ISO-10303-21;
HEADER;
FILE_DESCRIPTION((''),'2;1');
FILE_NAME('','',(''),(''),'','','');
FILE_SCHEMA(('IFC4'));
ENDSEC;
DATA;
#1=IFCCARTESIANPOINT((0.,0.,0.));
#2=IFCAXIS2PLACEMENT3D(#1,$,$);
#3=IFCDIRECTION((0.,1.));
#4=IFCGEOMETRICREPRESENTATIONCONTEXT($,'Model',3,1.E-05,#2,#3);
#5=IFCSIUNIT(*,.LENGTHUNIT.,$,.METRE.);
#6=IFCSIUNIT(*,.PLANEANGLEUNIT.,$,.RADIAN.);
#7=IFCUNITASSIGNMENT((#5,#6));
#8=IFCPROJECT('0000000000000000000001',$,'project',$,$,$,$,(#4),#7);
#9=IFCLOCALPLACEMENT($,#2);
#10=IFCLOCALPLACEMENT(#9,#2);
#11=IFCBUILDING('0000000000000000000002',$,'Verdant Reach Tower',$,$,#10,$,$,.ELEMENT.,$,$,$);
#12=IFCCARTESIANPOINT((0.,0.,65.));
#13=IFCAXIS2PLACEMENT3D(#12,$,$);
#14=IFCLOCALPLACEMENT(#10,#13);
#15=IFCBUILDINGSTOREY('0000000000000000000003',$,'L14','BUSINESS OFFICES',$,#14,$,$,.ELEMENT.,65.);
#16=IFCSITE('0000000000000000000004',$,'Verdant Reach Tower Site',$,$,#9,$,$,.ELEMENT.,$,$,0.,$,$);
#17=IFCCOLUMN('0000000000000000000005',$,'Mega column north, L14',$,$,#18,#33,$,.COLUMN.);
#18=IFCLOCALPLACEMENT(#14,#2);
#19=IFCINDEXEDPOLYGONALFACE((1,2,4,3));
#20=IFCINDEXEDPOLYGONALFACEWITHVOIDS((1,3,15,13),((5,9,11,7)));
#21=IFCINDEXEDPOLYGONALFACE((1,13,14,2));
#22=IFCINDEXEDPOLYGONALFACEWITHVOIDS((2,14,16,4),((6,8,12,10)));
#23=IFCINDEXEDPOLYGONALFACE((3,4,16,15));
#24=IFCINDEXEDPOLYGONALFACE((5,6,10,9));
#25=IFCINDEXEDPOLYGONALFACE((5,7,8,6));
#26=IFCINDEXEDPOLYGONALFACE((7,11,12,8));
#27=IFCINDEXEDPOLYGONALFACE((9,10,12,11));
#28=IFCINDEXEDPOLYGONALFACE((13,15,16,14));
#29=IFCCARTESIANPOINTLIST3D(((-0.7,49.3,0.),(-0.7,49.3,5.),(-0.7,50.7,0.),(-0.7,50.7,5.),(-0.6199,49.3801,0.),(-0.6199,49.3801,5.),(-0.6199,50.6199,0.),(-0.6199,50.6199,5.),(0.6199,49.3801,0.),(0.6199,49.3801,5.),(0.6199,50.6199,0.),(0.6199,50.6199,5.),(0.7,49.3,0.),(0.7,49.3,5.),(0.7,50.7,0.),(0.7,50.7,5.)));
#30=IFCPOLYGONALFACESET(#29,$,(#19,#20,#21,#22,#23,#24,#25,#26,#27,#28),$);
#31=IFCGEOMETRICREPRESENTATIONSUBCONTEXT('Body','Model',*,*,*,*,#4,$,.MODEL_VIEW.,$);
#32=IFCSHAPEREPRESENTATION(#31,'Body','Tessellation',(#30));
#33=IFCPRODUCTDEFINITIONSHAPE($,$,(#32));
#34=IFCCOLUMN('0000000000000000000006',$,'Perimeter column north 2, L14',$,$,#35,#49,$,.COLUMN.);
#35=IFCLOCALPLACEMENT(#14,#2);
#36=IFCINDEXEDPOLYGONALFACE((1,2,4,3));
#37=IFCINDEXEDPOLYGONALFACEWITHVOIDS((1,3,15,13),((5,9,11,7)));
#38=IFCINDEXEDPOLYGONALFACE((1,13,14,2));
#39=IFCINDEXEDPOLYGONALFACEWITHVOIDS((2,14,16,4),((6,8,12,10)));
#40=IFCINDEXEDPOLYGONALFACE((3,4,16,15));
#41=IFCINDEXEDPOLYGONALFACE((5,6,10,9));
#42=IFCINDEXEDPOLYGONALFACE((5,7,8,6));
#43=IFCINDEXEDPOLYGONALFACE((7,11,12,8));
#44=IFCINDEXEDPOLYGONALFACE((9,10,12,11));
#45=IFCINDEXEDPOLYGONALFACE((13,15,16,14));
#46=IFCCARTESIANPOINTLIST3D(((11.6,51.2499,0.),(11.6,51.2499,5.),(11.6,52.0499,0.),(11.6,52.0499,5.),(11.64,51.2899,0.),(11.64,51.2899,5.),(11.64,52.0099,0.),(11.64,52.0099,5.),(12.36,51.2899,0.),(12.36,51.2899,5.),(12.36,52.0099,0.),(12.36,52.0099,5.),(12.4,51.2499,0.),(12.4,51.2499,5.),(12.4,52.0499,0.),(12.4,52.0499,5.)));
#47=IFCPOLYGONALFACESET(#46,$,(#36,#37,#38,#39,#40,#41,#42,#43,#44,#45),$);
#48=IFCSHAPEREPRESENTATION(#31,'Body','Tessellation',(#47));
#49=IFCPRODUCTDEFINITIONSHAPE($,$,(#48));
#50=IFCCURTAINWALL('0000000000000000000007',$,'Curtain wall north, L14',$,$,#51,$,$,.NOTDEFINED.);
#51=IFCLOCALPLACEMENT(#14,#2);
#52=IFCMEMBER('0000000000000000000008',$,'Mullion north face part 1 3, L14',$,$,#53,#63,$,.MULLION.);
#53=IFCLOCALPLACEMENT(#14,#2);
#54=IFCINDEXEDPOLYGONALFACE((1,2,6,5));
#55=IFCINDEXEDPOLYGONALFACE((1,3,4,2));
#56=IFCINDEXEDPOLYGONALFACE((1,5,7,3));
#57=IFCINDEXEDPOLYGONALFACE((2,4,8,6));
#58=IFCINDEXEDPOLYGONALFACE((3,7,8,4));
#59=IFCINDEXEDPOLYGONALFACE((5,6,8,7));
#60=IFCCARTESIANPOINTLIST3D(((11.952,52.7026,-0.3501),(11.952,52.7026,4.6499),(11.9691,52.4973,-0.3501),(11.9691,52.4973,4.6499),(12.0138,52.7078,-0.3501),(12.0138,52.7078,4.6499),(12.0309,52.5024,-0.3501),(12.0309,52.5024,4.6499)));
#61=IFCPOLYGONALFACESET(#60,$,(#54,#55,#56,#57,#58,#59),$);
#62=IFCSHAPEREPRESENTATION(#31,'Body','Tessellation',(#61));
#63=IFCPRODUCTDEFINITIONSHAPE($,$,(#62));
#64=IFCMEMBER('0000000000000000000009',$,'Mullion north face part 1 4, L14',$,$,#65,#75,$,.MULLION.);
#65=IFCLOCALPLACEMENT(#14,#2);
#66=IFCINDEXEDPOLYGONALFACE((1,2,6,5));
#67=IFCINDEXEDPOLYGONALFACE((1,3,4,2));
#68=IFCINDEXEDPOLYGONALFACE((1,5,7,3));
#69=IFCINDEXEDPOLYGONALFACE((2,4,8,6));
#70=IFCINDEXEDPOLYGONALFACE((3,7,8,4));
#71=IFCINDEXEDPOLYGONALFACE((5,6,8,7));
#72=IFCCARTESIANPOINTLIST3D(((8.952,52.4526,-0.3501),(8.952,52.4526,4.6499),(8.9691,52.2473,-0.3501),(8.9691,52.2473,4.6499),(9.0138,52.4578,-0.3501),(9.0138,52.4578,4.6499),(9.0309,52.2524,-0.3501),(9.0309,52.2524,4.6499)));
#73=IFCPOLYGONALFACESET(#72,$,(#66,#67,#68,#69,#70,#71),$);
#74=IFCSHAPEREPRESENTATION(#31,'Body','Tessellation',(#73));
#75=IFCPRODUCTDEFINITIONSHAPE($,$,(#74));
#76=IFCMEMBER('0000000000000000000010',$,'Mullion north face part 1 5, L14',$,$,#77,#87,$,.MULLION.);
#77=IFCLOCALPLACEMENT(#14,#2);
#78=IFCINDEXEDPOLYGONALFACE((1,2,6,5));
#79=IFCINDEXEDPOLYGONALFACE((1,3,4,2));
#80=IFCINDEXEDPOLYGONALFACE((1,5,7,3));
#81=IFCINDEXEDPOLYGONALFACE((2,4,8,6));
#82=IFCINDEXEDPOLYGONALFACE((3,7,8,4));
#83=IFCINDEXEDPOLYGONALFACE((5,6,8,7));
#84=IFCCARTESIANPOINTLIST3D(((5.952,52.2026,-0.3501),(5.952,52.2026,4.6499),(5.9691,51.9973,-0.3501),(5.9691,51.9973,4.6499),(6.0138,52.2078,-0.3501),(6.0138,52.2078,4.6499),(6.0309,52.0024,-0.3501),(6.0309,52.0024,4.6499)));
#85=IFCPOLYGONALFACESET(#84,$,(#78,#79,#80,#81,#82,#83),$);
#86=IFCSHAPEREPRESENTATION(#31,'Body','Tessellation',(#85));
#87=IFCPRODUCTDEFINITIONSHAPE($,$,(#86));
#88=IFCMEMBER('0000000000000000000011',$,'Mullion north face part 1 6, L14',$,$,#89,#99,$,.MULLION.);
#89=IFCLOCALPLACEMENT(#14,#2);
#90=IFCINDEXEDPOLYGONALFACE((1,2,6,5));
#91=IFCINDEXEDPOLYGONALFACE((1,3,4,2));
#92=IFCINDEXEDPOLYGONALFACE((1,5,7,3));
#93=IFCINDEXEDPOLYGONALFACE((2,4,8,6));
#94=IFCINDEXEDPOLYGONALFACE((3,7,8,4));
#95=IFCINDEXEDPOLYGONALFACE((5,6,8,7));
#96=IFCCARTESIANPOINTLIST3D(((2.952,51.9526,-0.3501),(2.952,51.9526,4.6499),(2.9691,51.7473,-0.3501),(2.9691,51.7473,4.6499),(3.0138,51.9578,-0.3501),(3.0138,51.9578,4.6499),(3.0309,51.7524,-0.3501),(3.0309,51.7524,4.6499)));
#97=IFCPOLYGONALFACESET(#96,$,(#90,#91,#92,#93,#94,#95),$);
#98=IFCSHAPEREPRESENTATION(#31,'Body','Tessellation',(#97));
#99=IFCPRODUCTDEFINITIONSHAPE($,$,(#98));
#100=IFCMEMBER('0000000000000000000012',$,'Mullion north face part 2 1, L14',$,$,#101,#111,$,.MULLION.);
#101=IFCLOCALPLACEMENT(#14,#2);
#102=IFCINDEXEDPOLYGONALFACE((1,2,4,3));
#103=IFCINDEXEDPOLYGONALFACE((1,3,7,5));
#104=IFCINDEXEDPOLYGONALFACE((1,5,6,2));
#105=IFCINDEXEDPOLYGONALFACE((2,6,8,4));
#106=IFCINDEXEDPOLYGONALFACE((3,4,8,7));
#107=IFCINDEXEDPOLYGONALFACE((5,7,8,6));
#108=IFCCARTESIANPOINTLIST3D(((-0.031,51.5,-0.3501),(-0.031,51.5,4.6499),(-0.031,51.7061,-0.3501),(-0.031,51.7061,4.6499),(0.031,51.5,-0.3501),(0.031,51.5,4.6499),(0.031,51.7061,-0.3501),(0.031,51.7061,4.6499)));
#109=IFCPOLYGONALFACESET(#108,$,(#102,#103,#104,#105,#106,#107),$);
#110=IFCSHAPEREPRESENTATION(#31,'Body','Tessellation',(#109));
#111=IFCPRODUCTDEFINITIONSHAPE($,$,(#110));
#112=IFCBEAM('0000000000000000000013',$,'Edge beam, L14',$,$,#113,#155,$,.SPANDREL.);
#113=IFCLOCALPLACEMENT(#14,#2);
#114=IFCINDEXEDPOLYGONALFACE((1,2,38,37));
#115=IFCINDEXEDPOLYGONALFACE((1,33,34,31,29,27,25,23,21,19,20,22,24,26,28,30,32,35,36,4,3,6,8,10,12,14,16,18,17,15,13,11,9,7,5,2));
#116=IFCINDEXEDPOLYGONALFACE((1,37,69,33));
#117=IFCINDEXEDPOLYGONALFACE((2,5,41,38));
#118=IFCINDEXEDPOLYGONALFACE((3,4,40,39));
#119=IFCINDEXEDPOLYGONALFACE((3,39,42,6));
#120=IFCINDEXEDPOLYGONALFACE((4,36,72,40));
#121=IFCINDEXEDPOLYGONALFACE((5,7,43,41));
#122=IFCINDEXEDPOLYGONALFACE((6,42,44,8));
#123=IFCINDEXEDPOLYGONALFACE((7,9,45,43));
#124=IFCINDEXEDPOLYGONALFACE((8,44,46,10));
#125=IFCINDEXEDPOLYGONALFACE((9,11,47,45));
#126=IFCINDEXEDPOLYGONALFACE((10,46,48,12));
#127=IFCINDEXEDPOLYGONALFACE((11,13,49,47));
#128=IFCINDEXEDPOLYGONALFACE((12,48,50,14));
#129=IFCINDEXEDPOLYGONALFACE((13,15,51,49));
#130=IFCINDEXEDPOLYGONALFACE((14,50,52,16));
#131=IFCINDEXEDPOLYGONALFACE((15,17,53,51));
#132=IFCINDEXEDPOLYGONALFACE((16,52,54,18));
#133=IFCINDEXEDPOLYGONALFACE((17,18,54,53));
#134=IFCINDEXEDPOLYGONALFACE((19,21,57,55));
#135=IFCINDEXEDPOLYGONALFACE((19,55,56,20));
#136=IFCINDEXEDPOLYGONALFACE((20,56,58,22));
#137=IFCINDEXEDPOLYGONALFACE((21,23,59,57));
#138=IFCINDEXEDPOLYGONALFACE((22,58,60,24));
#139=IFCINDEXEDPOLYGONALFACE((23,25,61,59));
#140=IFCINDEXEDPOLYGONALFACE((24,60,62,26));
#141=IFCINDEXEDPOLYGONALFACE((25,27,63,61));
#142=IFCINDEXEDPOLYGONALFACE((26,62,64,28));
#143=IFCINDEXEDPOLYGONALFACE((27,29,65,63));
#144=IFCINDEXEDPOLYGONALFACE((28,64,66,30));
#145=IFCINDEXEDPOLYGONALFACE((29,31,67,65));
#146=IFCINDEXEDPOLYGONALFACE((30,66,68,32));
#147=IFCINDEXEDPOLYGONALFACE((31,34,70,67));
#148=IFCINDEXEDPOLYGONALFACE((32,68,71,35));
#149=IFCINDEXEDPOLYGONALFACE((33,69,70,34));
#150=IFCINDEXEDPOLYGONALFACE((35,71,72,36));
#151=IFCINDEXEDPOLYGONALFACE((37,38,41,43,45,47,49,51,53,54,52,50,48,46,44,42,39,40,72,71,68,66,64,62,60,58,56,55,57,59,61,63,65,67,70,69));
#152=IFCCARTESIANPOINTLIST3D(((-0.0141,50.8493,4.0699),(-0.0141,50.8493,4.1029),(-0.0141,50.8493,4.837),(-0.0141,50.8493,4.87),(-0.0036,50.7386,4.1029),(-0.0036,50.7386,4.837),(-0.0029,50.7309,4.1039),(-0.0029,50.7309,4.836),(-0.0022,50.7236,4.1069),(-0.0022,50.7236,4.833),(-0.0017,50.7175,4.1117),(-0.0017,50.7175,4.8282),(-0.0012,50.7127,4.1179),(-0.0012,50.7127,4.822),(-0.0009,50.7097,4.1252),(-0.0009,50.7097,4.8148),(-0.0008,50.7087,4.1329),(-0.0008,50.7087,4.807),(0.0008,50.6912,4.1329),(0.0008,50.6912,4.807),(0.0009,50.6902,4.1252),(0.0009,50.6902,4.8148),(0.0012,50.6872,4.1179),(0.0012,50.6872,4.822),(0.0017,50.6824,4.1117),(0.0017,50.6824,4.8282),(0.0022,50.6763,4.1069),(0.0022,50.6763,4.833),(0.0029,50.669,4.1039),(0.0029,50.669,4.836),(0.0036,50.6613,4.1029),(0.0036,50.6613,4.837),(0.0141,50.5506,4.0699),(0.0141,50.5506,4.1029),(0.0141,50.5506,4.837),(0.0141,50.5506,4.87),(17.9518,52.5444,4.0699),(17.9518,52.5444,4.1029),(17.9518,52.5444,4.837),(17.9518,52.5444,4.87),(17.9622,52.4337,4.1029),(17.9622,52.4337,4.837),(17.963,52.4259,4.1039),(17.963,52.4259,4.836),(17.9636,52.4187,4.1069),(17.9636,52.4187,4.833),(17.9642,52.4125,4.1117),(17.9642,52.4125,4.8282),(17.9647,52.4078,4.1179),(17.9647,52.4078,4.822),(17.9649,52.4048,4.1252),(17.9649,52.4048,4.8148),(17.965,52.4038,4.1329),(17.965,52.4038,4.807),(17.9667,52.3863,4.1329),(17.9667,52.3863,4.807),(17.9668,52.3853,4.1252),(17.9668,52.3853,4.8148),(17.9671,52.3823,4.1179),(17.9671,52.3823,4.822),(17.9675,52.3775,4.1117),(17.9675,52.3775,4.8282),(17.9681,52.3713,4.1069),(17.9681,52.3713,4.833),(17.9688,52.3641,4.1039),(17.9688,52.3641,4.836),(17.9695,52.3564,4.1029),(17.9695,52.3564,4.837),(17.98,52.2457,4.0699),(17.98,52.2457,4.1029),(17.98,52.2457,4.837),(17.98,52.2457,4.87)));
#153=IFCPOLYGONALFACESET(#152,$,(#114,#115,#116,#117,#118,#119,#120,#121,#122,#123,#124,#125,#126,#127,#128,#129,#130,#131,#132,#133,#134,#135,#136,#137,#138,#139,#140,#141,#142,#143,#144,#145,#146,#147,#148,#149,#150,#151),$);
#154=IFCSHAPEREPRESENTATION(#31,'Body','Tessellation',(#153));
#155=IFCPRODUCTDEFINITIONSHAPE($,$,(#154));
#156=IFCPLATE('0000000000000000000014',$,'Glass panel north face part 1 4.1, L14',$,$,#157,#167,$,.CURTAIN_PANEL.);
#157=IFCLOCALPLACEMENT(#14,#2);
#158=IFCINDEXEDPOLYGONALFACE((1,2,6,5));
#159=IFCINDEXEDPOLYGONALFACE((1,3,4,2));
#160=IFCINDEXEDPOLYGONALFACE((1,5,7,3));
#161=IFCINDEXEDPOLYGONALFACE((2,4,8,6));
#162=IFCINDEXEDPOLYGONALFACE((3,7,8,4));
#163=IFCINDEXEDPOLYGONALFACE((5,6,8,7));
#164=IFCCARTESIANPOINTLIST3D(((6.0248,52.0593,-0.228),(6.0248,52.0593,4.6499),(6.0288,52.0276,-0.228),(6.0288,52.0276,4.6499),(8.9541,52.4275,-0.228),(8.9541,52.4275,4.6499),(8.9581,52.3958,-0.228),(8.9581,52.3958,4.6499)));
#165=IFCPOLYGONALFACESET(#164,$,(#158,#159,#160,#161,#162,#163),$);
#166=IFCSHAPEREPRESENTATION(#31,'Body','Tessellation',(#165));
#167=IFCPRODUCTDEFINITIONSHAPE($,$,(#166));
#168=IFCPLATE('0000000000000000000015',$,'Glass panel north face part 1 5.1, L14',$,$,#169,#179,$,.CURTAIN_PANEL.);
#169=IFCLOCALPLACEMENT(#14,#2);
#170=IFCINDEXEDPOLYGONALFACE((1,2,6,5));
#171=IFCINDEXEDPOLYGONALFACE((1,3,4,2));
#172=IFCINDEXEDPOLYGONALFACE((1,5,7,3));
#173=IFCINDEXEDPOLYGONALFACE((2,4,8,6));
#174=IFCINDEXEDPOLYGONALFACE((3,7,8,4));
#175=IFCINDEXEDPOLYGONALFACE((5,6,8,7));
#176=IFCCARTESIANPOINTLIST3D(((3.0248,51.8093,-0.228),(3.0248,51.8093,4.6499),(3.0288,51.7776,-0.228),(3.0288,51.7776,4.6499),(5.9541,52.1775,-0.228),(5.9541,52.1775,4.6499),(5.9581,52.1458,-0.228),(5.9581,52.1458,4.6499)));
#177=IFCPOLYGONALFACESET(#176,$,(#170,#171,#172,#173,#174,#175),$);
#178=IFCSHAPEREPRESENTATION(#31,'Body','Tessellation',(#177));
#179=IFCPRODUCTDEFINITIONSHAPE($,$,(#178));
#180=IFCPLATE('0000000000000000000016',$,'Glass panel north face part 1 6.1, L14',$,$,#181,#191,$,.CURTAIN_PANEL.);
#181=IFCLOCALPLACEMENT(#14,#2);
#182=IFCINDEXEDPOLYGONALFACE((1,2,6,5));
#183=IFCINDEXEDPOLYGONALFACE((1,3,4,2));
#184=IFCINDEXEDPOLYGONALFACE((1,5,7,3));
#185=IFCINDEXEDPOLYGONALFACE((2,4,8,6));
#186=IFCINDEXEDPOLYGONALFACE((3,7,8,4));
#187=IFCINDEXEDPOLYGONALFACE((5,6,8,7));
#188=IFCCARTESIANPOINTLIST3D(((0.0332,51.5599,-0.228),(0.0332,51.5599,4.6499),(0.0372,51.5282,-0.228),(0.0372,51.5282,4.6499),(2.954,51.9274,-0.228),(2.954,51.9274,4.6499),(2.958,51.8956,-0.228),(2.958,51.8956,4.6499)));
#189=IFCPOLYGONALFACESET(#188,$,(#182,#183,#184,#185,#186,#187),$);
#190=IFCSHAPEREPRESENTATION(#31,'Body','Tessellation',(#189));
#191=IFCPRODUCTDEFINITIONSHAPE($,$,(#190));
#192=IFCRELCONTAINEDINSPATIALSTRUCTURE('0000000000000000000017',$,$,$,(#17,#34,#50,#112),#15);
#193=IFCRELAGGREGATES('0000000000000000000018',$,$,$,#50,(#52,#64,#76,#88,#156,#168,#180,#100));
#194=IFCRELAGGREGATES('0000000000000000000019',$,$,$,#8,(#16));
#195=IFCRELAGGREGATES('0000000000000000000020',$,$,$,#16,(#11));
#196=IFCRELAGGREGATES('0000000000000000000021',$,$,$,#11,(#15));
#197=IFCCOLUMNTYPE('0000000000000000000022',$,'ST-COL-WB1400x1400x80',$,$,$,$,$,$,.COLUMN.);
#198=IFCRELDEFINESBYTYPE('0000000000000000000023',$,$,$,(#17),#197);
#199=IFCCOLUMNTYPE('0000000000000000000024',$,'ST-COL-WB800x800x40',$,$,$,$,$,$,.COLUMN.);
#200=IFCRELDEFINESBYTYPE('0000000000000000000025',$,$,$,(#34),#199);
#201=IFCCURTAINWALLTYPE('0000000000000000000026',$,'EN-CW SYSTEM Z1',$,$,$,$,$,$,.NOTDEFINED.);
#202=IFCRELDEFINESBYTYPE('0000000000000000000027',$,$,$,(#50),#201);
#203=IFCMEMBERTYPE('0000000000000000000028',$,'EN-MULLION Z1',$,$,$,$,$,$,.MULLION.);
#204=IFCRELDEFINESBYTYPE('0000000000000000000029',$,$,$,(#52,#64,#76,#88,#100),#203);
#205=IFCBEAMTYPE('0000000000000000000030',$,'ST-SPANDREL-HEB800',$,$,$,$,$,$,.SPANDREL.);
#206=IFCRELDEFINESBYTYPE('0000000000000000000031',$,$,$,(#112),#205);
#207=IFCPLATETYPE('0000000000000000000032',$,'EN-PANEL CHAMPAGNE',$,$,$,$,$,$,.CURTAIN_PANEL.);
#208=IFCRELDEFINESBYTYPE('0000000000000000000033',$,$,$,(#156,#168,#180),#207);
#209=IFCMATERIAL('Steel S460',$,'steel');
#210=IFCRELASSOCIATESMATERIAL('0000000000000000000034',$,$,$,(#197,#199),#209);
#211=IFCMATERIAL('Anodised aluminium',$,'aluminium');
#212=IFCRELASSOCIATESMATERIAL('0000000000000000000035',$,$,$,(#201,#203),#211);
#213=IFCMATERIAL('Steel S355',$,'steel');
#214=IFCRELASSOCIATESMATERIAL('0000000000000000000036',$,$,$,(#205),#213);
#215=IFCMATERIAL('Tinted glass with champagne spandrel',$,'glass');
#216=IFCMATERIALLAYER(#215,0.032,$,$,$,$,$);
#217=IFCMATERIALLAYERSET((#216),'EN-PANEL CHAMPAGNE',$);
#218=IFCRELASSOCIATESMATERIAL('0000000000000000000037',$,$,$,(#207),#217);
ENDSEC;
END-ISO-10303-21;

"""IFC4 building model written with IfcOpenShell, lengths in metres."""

from ifc_helpers import new_model, si_unit, direction, frame, origin, origin_2d, place, context, subcontext, project, spatial, rectangle, hollow_rectangle, i_section, extrude, material, layer, layer_set, material_profile, profile_set, type_object, element, aggregate, save


model = new_model("IFC4")

# Units and contexts
model_context = context("Model", 3, precision=1e-05, world=origin(), true_north=direction((0.0, 1.0)))
body_context = subcontext(model_context, "Body", "Model", "MODEL_VIEW")
ifc_project = project(units=[si_unit("LENGTHUNIT", "METRE"), si_unit("PLANEANGLEUNIT", "RADIAN")], contexts=[model_context])

# Site, building, storey
site_placement = place(None, origin())
site = spatial("IfcSite", under=ifc_project, at=site_placement, Name="Verdant Reach Tower Site", CompositionType="ELEMENT", RefElevation=0.0)
building_placement = place(site_placement, origin())
building = spatial("IfcBuilding", under=site, at=building_placement, Name="Verdant Reach Tower", CompositionType="ELEMENT")
storey_placement = place(building_placement, frame((0.0, 0.0, 65.0)))
storey = spatial("IfcBuildingStorey", under=building, at=storey_placement, Name="L14", Description="BUSINESS OFFICES", CompositionType="ELEMENT", Elevation=65.0)

# Columns
ifc_material_1 = material(Name="Steel S460", Category="steel")
ifc_material_profile_1 = material_profile(ifc_material_1, hollow_rectangle(XDim=1.3999, YDim=1.3999, WallThickness=0.0801, at=origin_2d()), Name="WB 1400x1400x80")
ifc_profile_set_1 = profile_set([ifc_material_profile_1], Name="Steel S460")
column_type_1 = type_object("IfcColumnType", Name="ST-COL-WB1400x1400x80", PredefinedType="COLUMN", material=ifc_profile_set_1)
column_1_placement = place(storey_placement, frame((0.0, 50.0, 0.0), z_axis=(0.0, 0.0, 1.0), x_axis=(1.0, 0.0, 0.0)))
element("IfcColumn", 1, at=column_1_placement, inside=storey, type_object=column_type_1, Name="Mega column north, L14", PredefinedType="COLUMN", context=body_context, shape_type="SweptSolid", body=[
    extrude(hollow_rectangle(XDim=1.3999, YDim=1.3999, WallThickness=0.0801, at=origin_2d()), origin(), (0.0, 0.0, 1.0), 5.0),
])
ifc_material_profile_2 = material_profile(ifc_material_1, hollow_rectangle(XDim=0.8, YDim=0.8, WallThickness=0.04, at=origin_2d()), Name="WB 800x800x40")
ifc_profile_set_2 = profile_set([ifc_material_profile_2], Name="Steel S460")
column_type_2 = type_object("IfcColumnType", Name="ST-COL-WB800x800x40", PredefinedType="COLUMN", material=ifc_profile_set_2)
column_2_placement = place(storey_placement, frame((12.0, 51.6499, 0.0), z_axis=(0.0, 0.0, 1.0), x_axis=(1.0, 0.0, 0.0)))
element("IfcColumn", 2, at=column_2_placement, inside=storey, type_object=column_type_2, Name="Perimeter column north 2, L14", PredefinedType="COLUMN", context=body_context, shape_type="SweptSolid", body=[
    extrude(hollow_rectangle(XDim=0.8, YDim=0.8, WallThickness=0.04, at=origin_2d()), origin(), (0.0, 0.0, 1.0), 5.0),
])

# Curtain wall, members
ifc_material_2 = material(Name="Anodised aluminium", Category="aluminium")
curtain_wall_type = type_object("IfcCurtainWallType", Name="EN-CW SYSTEM Z1", PredefinedType="NOTDEFINED", material=ifc_material_2)
curtain_wall_placement = place(storey_placement, origin())
curtain_wall = element("IfcCurtainWall", 3, at=curtain_wall_placement, inside=storey, type_object=curtain_wall_type, Name="Curtain wall north, L14", PredefinedType="NOTDEFINED")
ifc_material_profile_3 = material_profile(ifc_material_2, rectangle(XDim=0.2061, YDim=0.062, at=origin_2d()), Name="Mullion 62x206")
ifc_profile_set_3 = profile_set([ifc_material_profile_3], Name="Anodised aluminium")
member_type = type_object("IfcMemberType", Name="EN-MULLION Z1", PredefinedType="MULLION", material=ifc_profile_set_3)
member_1_placement = place(storey_placement, frame((11.9915, 52.6025, -0.3501), z_axis=(0.0, 0.0, 1.0), x_axis=(-0.083045, 0.996546, 0.0)))
member_1 = element("IfcMember", 4, at=member_1_placement, type_object=member_type, Name="Mullion north face part 1 3, L14", PredefinedType="MULLION", context=body_context, shape_type="SweptSolid", body=[
    extrude(rectangle(XDim=0.2061, YDim=0.062, at=origin_2d()), origin(), (0.0, 0.0, 1.0), 5.0),
])
member_2_placement = place(storey_placement, frame((8.9915, 52.3525, -0.3501), z_axis=(0.0, 0.0, 1.0), x_axis=(-0.083045, 0.996546, 0.0)))
member_2 = element("IfcMember", 5, at=member_2_placement, type_object=member_type, Name="Mullion north face part 1 4, L14", PredefinedType="MULLION", context=body_context, shape_type="SweptSolid", body=[
    extrude(rectangle(XDim=0.2061, YDim=0.062, at=origin_2d()), origin(), (0.0, 0.0, 1.0), 5.0),
])
member_3_placement = place(storey_placement, frame((5.9915, 52.1025, -0.3501), z_axis=(0.0, 0.0, 1.0), x_axis=(-0.083045, 0.996546, 0.0)))
member_3 = element("IfcMember", 6, at=member_3_placement, type_object=member_type, Name="Mullion north face part 1 5, L14", PredefinedType="MULLION", context=body_context, shape_type="SweptSolid", body=[
    extrude(rectangle(XDim=0.2061, YDim=0.062, at=origin_2d()), origin(), (0.0, 0.0, 1.0), 5.0),
])
member_4_placement = place(storey_placement, frame((2.9915, 51.8525, -0.3501), z_axis=(0.0, 0.0, 1.0), x_axis=(-0.083045, 0.996546, 0.0)))
member_4 = element("IfcMember", 7, at=member_4_placement, type_object=member_type, Name="Mullion north face part 1 6, L14", PredefinedType="MULLION", context=body_context, shape_type="SweptSolid", body=[
    extrude(rectangle(XDim=0.2061, YDim=0.062, at=origin_2d()), origin(), (0.0, 0.0, 1.0), 5.0),
])
member_5_placement = place(storey_placement, frame((0.0, 51.603, -0.3501), z_axis=(0.0, 0.0, 1.0), x_axis=(0.0, 1.0, 0.0)))
member_5 = element("IfcMember", 8, at=member_5_placement, type_object=member_type, Name="Mullion north face part 2 1, L14", PredefinedType="MULLION", context=body_context, shape_type="SweptSolid", body=[
    extrude(rectangle(XDim=0.2061, YDim=0.062, at=origin_2d()), origin(), (0.0, 0.0, 1.0), 5.0),
])

# Beam
ifc_material_3 = material(Name="Steel S355", Category="steel")
ifc_material_profile_4 = material_profile(ifc_material_3, i_section(OverallWidth=0.3, OverallDepth=0.8, WebThickness=0.0176, FlangeThickness=0.033, FilletRadius=0.03, at=origin_2d()), Name="HEB 800")
ifc_profile_set_4 = profile_set([ifc_material_profile_4], Name="Steel S355")
beam_type = type_object("IfcBeamType", Name="ST-SPANDREL-HEB800", PredefinedType="SPANDREL", material=ifc_profile_set_4)
beam_placement = place(storey_placement, frame((0.0, 50.7, 4.47), z_axis=(0.995579, 0.093932, 0.0), x_axis=(-0.093932, 0.995579, 0.0)))
element("IfcBeam", 9, at=beam_placement, inside=storey, type_object=beam_type, Name="Edge beam, L14", PredefinedType="SPANDREL", context=body_context, shape_type="SweptSolid", body=[
    extrude(i_section(OverallWidth=0.3, OverallDepth=0.8, WebThickness=0.0176, FlangeThickness=0.033, FilletRadius=0.03, at=origin_2d()), origin(), (0.0, 0.0, 1.0), 18.0457),
])

# Plates
ifc_material_4 = material(Name="Tinted glass with champagne spandrel", Category="glass")
ifc_layer_1 = layer(ifc_material_4, 0.032)
ifc_layer_set_1 = layer_set([ifc_layer_1], Name="EN-PANEL CHAMPAGNE")
plate_type_1 = type_object("IfcPlateType", Name="EN-PANEL CHAMPAGNE", PredefinedType="CURTAIN_PANEL", material=ifc_layer_set_1)
plate_1_placement = place(storey_placement, frame((7.4915, 52.2275, -0.228), z_axis=(0.0, 0.0, 1.0), x_axis=(-0.992194, -0.124704, 0.0)))
plate_1 = element("IfcPlate", 10, at=plate_1_placement, type_object=plate_type_1, Name="Glass panel north face part 1 4.1, L14", PredefinedType="CURTAIN_PANEL", context=body_context, shape_type="SweptSolid", body=[
    extrude(rectangle(XDim=2.9524, YDim=0.032, at=origin_2d()), origin(), (0.0, 0.0, 1.0), 4.8779),
])
plate_2_placement = place(storey_placement, frame((4.4915, 51.9775, -0.228), z_axis=(0.0, 0.0, 1.0), x_axis=(-0.992194, -0.124704, 0.0)))
plate_2 = element("IfcPlate", 11, at=plate_2_placement, type_object=plate_type_1, Name="Glass panel north face part 1 5.1, L14", PredefinedType="CURTAIN_PANEL", context=body_context, shape_type="SweptSolid", body=[
    extrude(rectangle(XDim=2.9524, YDim=0.032, at=origin_2d()), origin(), (0.0, 0.0, 1.0), 4.8779),
])
plate_3_placement = place(storey_placement, frame((1.4956, 51.7278, -0.228), z_axis=(0.0, 0.0, 1.0), x_axis=(-0.992179, -0.124821, 0.0)))
plate_3 = element("IfcPlate", 12, at=plate_3_placement, type_object=plate_type_1, Name="Glass panel north face part 1 6.1, L14", PredefinedType="CURTAIN_PANEL", context=body_context, shape_type="SweptSolid", body=[
    extrude(rectangle(XDim=2.9438, YDim=0.032, at=origin_2d()), origin(), (0.0, 0.0, 1.0), 4.8779),
])
aggregate(curtain_wall, [member_1, member_2, member_3, member_4, plate_1, plate_2, plate_3, member_5])

save(model, "model.ifc")
